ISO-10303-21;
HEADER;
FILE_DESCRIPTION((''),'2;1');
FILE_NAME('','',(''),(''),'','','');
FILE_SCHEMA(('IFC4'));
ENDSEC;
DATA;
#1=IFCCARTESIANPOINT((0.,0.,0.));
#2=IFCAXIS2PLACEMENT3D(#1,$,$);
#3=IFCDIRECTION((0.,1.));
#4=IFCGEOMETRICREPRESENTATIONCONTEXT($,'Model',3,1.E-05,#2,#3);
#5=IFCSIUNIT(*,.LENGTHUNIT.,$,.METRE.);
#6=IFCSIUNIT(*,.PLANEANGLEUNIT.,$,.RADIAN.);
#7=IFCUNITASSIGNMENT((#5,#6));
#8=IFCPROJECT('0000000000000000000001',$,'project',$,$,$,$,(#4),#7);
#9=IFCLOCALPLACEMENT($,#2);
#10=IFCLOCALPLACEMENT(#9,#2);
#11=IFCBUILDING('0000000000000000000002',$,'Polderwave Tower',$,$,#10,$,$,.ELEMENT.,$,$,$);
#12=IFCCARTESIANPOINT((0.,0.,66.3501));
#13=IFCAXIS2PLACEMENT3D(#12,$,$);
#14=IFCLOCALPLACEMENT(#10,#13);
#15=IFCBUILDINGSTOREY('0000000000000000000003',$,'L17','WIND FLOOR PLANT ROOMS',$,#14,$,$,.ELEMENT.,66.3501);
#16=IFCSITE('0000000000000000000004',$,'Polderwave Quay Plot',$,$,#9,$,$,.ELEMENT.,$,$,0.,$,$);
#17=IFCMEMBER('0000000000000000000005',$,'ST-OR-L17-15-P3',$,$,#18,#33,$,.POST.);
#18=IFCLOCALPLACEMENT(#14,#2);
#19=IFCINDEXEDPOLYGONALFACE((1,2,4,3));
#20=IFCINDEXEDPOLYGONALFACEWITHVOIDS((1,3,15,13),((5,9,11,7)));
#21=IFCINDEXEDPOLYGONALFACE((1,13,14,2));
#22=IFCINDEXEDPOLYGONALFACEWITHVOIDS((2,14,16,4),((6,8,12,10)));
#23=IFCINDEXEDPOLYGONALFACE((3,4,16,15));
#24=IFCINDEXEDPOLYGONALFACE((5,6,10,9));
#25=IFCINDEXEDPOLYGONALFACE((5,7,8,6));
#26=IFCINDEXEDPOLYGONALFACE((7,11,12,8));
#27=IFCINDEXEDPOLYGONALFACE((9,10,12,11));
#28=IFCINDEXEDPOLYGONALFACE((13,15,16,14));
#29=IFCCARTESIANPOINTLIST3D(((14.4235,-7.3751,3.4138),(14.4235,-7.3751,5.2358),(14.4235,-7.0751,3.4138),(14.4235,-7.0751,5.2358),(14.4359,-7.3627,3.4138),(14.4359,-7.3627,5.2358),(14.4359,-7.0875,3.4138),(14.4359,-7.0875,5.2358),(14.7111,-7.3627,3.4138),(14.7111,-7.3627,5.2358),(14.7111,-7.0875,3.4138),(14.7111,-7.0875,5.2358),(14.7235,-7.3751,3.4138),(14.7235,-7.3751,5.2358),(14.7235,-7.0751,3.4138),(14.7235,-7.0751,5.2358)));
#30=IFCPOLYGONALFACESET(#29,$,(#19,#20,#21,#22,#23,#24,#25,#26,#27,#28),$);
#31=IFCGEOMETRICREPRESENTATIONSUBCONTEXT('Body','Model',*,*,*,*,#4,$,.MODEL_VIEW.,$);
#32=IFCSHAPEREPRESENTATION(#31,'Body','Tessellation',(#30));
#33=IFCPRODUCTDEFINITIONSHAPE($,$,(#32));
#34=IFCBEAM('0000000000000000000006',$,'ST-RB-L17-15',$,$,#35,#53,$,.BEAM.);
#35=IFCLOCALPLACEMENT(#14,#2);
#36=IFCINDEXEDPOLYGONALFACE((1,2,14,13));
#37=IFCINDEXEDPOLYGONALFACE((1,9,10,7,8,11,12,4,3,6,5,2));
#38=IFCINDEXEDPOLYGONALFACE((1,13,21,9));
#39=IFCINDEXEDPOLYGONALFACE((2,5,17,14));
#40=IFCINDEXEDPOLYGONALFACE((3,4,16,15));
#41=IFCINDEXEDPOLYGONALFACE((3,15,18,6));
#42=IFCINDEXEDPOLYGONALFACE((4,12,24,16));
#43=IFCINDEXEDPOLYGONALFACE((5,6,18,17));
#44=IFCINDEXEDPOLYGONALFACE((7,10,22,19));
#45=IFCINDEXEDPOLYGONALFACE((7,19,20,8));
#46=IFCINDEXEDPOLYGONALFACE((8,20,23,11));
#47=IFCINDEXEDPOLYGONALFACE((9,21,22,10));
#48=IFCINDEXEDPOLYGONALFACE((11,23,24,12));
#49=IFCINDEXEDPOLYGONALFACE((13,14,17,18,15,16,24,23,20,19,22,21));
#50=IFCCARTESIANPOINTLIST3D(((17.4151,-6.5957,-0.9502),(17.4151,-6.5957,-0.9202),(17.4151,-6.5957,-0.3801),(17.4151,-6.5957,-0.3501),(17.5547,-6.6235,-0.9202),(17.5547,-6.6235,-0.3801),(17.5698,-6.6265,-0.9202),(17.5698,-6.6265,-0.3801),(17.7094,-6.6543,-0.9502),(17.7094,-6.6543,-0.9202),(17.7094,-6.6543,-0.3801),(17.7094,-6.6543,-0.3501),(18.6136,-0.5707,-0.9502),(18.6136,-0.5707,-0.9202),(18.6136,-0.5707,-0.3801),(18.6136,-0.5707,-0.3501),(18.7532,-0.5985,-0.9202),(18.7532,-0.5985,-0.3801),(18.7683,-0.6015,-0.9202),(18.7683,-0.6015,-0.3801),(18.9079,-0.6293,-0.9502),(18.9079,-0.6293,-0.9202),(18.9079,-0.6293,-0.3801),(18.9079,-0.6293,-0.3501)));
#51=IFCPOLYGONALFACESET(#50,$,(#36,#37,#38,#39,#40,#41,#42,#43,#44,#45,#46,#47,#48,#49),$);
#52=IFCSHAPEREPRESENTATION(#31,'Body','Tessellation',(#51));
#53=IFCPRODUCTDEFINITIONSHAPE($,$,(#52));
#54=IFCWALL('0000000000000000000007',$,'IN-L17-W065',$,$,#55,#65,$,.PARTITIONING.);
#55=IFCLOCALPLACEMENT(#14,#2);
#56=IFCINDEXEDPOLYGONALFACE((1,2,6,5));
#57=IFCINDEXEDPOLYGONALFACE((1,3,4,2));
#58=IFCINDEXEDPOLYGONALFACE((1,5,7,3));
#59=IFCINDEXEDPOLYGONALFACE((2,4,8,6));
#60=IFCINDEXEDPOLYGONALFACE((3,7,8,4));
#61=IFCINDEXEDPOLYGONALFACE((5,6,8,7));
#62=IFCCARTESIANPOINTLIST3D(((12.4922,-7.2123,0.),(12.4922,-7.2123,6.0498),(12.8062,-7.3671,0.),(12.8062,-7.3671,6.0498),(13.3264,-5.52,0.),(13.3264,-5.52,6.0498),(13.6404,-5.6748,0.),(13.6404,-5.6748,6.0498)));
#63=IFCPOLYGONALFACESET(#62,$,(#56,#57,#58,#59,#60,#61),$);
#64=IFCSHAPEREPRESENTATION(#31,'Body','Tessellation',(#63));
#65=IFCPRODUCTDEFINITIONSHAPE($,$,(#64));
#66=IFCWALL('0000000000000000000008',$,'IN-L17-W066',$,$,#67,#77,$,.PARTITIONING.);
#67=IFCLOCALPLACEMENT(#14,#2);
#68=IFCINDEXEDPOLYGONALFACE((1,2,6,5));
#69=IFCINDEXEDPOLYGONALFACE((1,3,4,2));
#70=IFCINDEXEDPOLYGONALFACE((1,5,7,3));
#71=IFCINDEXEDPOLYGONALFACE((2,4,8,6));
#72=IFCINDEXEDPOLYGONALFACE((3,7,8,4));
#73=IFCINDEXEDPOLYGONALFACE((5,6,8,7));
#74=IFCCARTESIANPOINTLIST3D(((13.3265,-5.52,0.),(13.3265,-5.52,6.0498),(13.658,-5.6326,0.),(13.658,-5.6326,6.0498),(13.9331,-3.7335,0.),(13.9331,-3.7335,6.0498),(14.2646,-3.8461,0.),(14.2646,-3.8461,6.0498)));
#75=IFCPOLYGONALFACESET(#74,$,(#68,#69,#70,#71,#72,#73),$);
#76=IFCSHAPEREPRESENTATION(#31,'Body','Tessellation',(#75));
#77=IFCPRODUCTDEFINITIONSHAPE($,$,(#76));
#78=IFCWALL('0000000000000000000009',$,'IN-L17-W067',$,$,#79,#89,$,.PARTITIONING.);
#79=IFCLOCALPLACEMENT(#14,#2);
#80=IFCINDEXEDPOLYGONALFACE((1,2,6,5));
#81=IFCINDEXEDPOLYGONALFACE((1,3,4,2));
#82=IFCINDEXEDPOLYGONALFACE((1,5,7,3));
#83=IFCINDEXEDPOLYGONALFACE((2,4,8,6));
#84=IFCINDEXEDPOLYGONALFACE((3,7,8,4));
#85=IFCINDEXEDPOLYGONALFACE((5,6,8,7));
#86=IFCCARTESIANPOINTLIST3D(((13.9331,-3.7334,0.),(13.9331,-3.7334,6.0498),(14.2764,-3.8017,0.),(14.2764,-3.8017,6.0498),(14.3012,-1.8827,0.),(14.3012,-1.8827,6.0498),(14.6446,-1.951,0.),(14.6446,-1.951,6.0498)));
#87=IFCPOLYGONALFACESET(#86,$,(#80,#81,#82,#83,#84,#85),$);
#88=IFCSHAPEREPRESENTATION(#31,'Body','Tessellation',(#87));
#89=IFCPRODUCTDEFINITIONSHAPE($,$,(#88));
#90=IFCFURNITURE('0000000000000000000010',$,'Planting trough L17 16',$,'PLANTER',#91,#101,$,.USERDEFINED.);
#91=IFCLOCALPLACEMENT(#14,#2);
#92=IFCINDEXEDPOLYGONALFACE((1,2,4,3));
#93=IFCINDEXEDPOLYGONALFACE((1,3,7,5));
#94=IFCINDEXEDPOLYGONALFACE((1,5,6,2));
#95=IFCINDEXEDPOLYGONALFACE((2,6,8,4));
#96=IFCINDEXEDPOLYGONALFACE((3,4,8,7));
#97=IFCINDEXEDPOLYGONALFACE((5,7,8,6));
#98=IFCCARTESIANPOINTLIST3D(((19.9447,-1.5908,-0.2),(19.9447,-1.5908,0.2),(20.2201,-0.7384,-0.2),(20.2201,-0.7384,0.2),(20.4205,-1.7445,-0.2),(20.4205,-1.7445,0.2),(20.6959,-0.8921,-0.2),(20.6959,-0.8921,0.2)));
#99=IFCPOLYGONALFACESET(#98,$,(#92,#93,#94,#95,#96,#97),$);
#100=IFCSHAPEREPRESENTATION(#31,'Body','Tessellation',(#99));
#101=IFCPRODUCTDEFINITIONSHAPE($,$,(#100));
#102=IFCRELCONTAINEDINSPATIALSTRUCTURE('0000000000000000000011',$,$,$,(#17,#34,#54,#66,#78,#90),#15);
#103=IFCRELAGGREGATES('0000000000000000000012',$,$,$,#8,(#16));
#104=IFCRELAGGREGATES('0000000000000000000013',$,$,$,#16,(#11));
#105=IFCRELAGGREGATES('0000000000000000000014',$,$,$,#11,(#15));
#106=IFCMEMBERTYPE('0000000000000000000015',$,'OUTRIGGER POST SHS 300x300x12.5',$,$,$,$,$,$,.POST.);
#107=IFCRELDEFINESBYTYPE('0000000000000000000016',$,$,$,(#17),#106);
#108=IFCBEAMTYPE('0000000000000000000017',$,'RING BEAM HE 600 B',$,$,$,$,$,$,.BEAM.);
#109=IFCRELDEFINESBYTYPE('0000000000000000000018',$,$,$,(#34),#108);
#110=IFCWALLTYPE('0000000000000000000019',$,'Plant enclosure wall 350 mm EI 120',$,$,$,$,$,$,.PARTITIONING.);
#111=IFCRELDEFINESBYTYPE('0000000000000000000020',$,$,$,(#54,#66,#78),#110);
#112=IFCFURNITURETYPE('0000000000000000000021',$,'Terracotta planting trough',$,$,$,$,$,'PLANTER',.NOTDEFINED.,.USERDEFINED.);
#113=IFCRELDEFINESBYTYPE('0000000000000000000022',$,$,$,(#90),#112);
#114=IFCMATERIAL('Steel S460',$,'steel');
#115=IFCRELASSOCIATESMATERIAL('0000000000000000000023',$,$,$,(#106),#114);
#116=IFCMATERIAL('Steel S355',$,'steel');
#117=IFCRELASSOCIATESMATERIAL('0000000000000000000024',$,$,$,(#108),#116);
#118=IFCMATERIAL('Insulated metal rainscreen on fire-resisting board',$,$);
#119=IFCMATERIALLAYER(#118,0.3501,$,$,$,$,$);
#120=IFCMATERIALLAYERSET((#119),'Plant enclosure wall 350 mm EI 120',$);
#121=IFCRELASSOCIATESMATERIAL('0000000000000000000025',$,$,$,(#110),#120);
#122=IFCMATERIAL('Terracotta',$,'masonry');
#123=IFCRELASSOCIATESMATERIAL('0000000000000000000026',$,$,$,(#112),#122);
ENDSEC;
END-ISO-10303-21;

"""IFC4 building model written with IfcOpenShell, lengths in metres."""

from ifc_helpers import new_model, si_unit, direction, frame, frame_2d, origin, origin_2d, place, context, subcontext, project, spatial, rectangle, hollow_rectangle, i_section, extrude, material, layer, layer_set, material_profile, profile_set, type_object, element, save


model = new_model("IFC4")

# Units and contexts
model_context = context("Model", 3, precision=1e-05, world=origin(), true_north=direction((0.0, 1.0)))
body_context = subcontext(model_context, "Body", "Model", "MODEL_VIEW")
ifc_project = project(units=[si_unit("LENGTHUNIT", "METRE"), si_unit("PLANEANGLEUNIT", "RADIAN")], contexts=[model_context])

# Site, building, storey
site_placement = place(None, origin())
site = spatial("IfcSite", under=ifc_project, at=site_placement, Name="Polderwave Quay Plot", CompositionType="ELEMENT", RefElevation=0.0)
building_placement = place(site_placement, origin())
building = spatial("IfcBuilding", under=site, at=building_placement, Name="Polderwave Tower", CompositionType="ELEMENT")
storey_placement = place(building_placement, frame((0.0, 0.0, 66.3501)))
storey = spatial("IfcBuildingStorey", under=building, at=storey_placement, Name="L17", Description="WIND FLOOR PLANT ROOMS", CompositionType="ELEMENT", Elevation=66.3501)

# Member
ifc_material_1 = material(Name="Steel S460", Category="steel")
ifc_material_profile_1 = material_profile(ifc_material_1, hollow_rectangle(XDim=0.3, YDim=0.3, WallThickness=0.0125, at=origin_2d()), Name="SHS 300x300x12.5")
ifc_profile_set_1 = profile_set([ifc_material_profile_1], Name="Steel S460")
member_type_1 = type_object("IfcMemberType", Name="OUTRIGGER POST SHS 300x300x12.5", PredefinedType="POST", material=ifc_profile_set_1)
for number, where, z_axis, x_axis, name in (
    (1, (14.5735, -7.2251, 3.4138), (0.0, 0.0, 1.0), (1.0, 0.0, 0.0), "ST-OR-L17-15-P3"),
):
    element("IfcMember", number, at=place(storey_placement, frame(where, z_axis=z_axis, x_axis=x_axis)), inside=storey, type_object=member_type_1, Name=name, PredefinedType="POST", context=body_context, shape_type="SweptSolid", body=[
        extrude(hollow_rectangle(XDim=0.3, YDim=0.3, WallThickness=0.0125, at=origin_2d()), origin(), (0.0, 0.0, 1.0), 1.822),
    ])

# Beam
ifc_material_2 = material(Name="Steel S355", Category="steel")
ifc_material_profile_2 = material_profile(ifc_material_2, i_section(OverallWidth=0.3, OverallDepth=0.6001, WebThickness=0.0154, FlangeThickness=0.03, at=origin_2d()), Name="HE 600 B")
ifc_profile_set_2 = profile_set([ifc_material_profile_2], Name="Steel S355")
beam_type = type_object("IfcBeamType", Name="RING BEAM HE 600 B", PredefinedType="BEAM", material=ifc_profile_set_2)
beam_placement = place(storey_placement, frame((17.5623, -6.625, -0.6501), z_axis=(0.1951, 0.980783, 0.0), x_axis=(-0.980783, 0.1951, 0.0)))
element("IfcBeam", 2, at=beam_placement, inside=storey, type_object=beam_type, Name="ST-RB-L17-15", PredefinedType="BEAM", context=body_context, shape_type="SweptSolid", body=[
    extrude(i_section(OverallWidth=0.3, OverallDepth=0.6001, WebThickness=0.0154, FlangeThickness=0.03, at=origin_2d()), origin(), (0.0, 0.0, 1.0), 6.1431),
])

# Walls
ifc_material_3 = material(Name="Insulated metal rainscreen on fire-resisting board")
ifc_layer = layer(ifc_material_3, 0.3501)
ifc_layer_set = layer_set([ifc_layer], Name="Plant enclosure wall 350 mm EI 120")
wall_type = type_object("IfcWallType", Name="Plant enclosure wall 350 mm EI 120", PredefinedType="PARTITIONING", material=ifc_layer_set)
for number, where, z_axis, x_axis, name in (
    (3, (13.4834, -5.5974, 0.0), (0.0, 0.0, 1.0), (-0.442134, -0.896949, 0.0), "IN-L17-W065"),
    (4, (14.0989, -3.7898, 0.0), (0.0, 0.0, 1.0), (-0.321541, -0.946896, 0.0), "IN-L17-W066"),
):
    element("IfcWall", number, at=place(storey_placement, frame(where, z_axis=z_axis, x_axis=x_axis)), inside=storey, type_object=wall_type, Name=name, PredefinedType="PARTITIONING", context=body_context, shape_type="SweptSolid", body=[
        extrude(rectangle(XDim=1.8867, YDim=0.3501, at=frame_2d((0.9434, 0.0))), origin(), (0.0, 0.0, 1.0), 6.0498),
    ])
wall_placement = place(storey_placement, frame((14.4729, -1.917, 0.0), z_axis=(0.0, 0.0, 1.0), x_axis=(-0.195121, -0.980779, 0.0)))
element("IfcWall", 5, at=wall_placement, inside=storey, type_object=wall_type, Name="IN-L17-W067", PredefinedType="PARTITIONING", context=body_context, shape_type="SweptSolid", body=[
    extrude(rectangle(XDim=1.887, YDim=0.3501, at=frame_2d((0.9434, 0.0))), origin(), (0.0, 0.0, 1.0), 6.0498),
])

# Furniture
ifc_material_4 = material(Name="Terracotta", Category="masonry")
furniture_type = type_object("IfcFurnitureType", Name="Terracotta planting trough", ElementType="PLANTER", AssemblyPlace="NOTDEFINED", PredefinedType="USERDEFINED", material=ifc_material_4)
furniture_placement = place(storey_placement, frame((20.3203, -1.2415, -0.2), z_axis=(0.0, 0.0, 1.0), x_axis=(0.307416, 0.951575, 0.0)))
element("IfcFurniture", 6, at=furniture_placement, inside=storey, type_object=furniture_type, Name="Planting trough L17 16", ObjectType="PLANTER", PredefinedType="USERDEFINED", context=body_context, shape_type="SweptSolid", body=[
    extrude(rectangle(XDim=0.8958, YDim=0.5, at=origin_2d()), origin(), (0.0, 0.0, 1.0), 0.3999),
])

save(model, "model.ifc")
